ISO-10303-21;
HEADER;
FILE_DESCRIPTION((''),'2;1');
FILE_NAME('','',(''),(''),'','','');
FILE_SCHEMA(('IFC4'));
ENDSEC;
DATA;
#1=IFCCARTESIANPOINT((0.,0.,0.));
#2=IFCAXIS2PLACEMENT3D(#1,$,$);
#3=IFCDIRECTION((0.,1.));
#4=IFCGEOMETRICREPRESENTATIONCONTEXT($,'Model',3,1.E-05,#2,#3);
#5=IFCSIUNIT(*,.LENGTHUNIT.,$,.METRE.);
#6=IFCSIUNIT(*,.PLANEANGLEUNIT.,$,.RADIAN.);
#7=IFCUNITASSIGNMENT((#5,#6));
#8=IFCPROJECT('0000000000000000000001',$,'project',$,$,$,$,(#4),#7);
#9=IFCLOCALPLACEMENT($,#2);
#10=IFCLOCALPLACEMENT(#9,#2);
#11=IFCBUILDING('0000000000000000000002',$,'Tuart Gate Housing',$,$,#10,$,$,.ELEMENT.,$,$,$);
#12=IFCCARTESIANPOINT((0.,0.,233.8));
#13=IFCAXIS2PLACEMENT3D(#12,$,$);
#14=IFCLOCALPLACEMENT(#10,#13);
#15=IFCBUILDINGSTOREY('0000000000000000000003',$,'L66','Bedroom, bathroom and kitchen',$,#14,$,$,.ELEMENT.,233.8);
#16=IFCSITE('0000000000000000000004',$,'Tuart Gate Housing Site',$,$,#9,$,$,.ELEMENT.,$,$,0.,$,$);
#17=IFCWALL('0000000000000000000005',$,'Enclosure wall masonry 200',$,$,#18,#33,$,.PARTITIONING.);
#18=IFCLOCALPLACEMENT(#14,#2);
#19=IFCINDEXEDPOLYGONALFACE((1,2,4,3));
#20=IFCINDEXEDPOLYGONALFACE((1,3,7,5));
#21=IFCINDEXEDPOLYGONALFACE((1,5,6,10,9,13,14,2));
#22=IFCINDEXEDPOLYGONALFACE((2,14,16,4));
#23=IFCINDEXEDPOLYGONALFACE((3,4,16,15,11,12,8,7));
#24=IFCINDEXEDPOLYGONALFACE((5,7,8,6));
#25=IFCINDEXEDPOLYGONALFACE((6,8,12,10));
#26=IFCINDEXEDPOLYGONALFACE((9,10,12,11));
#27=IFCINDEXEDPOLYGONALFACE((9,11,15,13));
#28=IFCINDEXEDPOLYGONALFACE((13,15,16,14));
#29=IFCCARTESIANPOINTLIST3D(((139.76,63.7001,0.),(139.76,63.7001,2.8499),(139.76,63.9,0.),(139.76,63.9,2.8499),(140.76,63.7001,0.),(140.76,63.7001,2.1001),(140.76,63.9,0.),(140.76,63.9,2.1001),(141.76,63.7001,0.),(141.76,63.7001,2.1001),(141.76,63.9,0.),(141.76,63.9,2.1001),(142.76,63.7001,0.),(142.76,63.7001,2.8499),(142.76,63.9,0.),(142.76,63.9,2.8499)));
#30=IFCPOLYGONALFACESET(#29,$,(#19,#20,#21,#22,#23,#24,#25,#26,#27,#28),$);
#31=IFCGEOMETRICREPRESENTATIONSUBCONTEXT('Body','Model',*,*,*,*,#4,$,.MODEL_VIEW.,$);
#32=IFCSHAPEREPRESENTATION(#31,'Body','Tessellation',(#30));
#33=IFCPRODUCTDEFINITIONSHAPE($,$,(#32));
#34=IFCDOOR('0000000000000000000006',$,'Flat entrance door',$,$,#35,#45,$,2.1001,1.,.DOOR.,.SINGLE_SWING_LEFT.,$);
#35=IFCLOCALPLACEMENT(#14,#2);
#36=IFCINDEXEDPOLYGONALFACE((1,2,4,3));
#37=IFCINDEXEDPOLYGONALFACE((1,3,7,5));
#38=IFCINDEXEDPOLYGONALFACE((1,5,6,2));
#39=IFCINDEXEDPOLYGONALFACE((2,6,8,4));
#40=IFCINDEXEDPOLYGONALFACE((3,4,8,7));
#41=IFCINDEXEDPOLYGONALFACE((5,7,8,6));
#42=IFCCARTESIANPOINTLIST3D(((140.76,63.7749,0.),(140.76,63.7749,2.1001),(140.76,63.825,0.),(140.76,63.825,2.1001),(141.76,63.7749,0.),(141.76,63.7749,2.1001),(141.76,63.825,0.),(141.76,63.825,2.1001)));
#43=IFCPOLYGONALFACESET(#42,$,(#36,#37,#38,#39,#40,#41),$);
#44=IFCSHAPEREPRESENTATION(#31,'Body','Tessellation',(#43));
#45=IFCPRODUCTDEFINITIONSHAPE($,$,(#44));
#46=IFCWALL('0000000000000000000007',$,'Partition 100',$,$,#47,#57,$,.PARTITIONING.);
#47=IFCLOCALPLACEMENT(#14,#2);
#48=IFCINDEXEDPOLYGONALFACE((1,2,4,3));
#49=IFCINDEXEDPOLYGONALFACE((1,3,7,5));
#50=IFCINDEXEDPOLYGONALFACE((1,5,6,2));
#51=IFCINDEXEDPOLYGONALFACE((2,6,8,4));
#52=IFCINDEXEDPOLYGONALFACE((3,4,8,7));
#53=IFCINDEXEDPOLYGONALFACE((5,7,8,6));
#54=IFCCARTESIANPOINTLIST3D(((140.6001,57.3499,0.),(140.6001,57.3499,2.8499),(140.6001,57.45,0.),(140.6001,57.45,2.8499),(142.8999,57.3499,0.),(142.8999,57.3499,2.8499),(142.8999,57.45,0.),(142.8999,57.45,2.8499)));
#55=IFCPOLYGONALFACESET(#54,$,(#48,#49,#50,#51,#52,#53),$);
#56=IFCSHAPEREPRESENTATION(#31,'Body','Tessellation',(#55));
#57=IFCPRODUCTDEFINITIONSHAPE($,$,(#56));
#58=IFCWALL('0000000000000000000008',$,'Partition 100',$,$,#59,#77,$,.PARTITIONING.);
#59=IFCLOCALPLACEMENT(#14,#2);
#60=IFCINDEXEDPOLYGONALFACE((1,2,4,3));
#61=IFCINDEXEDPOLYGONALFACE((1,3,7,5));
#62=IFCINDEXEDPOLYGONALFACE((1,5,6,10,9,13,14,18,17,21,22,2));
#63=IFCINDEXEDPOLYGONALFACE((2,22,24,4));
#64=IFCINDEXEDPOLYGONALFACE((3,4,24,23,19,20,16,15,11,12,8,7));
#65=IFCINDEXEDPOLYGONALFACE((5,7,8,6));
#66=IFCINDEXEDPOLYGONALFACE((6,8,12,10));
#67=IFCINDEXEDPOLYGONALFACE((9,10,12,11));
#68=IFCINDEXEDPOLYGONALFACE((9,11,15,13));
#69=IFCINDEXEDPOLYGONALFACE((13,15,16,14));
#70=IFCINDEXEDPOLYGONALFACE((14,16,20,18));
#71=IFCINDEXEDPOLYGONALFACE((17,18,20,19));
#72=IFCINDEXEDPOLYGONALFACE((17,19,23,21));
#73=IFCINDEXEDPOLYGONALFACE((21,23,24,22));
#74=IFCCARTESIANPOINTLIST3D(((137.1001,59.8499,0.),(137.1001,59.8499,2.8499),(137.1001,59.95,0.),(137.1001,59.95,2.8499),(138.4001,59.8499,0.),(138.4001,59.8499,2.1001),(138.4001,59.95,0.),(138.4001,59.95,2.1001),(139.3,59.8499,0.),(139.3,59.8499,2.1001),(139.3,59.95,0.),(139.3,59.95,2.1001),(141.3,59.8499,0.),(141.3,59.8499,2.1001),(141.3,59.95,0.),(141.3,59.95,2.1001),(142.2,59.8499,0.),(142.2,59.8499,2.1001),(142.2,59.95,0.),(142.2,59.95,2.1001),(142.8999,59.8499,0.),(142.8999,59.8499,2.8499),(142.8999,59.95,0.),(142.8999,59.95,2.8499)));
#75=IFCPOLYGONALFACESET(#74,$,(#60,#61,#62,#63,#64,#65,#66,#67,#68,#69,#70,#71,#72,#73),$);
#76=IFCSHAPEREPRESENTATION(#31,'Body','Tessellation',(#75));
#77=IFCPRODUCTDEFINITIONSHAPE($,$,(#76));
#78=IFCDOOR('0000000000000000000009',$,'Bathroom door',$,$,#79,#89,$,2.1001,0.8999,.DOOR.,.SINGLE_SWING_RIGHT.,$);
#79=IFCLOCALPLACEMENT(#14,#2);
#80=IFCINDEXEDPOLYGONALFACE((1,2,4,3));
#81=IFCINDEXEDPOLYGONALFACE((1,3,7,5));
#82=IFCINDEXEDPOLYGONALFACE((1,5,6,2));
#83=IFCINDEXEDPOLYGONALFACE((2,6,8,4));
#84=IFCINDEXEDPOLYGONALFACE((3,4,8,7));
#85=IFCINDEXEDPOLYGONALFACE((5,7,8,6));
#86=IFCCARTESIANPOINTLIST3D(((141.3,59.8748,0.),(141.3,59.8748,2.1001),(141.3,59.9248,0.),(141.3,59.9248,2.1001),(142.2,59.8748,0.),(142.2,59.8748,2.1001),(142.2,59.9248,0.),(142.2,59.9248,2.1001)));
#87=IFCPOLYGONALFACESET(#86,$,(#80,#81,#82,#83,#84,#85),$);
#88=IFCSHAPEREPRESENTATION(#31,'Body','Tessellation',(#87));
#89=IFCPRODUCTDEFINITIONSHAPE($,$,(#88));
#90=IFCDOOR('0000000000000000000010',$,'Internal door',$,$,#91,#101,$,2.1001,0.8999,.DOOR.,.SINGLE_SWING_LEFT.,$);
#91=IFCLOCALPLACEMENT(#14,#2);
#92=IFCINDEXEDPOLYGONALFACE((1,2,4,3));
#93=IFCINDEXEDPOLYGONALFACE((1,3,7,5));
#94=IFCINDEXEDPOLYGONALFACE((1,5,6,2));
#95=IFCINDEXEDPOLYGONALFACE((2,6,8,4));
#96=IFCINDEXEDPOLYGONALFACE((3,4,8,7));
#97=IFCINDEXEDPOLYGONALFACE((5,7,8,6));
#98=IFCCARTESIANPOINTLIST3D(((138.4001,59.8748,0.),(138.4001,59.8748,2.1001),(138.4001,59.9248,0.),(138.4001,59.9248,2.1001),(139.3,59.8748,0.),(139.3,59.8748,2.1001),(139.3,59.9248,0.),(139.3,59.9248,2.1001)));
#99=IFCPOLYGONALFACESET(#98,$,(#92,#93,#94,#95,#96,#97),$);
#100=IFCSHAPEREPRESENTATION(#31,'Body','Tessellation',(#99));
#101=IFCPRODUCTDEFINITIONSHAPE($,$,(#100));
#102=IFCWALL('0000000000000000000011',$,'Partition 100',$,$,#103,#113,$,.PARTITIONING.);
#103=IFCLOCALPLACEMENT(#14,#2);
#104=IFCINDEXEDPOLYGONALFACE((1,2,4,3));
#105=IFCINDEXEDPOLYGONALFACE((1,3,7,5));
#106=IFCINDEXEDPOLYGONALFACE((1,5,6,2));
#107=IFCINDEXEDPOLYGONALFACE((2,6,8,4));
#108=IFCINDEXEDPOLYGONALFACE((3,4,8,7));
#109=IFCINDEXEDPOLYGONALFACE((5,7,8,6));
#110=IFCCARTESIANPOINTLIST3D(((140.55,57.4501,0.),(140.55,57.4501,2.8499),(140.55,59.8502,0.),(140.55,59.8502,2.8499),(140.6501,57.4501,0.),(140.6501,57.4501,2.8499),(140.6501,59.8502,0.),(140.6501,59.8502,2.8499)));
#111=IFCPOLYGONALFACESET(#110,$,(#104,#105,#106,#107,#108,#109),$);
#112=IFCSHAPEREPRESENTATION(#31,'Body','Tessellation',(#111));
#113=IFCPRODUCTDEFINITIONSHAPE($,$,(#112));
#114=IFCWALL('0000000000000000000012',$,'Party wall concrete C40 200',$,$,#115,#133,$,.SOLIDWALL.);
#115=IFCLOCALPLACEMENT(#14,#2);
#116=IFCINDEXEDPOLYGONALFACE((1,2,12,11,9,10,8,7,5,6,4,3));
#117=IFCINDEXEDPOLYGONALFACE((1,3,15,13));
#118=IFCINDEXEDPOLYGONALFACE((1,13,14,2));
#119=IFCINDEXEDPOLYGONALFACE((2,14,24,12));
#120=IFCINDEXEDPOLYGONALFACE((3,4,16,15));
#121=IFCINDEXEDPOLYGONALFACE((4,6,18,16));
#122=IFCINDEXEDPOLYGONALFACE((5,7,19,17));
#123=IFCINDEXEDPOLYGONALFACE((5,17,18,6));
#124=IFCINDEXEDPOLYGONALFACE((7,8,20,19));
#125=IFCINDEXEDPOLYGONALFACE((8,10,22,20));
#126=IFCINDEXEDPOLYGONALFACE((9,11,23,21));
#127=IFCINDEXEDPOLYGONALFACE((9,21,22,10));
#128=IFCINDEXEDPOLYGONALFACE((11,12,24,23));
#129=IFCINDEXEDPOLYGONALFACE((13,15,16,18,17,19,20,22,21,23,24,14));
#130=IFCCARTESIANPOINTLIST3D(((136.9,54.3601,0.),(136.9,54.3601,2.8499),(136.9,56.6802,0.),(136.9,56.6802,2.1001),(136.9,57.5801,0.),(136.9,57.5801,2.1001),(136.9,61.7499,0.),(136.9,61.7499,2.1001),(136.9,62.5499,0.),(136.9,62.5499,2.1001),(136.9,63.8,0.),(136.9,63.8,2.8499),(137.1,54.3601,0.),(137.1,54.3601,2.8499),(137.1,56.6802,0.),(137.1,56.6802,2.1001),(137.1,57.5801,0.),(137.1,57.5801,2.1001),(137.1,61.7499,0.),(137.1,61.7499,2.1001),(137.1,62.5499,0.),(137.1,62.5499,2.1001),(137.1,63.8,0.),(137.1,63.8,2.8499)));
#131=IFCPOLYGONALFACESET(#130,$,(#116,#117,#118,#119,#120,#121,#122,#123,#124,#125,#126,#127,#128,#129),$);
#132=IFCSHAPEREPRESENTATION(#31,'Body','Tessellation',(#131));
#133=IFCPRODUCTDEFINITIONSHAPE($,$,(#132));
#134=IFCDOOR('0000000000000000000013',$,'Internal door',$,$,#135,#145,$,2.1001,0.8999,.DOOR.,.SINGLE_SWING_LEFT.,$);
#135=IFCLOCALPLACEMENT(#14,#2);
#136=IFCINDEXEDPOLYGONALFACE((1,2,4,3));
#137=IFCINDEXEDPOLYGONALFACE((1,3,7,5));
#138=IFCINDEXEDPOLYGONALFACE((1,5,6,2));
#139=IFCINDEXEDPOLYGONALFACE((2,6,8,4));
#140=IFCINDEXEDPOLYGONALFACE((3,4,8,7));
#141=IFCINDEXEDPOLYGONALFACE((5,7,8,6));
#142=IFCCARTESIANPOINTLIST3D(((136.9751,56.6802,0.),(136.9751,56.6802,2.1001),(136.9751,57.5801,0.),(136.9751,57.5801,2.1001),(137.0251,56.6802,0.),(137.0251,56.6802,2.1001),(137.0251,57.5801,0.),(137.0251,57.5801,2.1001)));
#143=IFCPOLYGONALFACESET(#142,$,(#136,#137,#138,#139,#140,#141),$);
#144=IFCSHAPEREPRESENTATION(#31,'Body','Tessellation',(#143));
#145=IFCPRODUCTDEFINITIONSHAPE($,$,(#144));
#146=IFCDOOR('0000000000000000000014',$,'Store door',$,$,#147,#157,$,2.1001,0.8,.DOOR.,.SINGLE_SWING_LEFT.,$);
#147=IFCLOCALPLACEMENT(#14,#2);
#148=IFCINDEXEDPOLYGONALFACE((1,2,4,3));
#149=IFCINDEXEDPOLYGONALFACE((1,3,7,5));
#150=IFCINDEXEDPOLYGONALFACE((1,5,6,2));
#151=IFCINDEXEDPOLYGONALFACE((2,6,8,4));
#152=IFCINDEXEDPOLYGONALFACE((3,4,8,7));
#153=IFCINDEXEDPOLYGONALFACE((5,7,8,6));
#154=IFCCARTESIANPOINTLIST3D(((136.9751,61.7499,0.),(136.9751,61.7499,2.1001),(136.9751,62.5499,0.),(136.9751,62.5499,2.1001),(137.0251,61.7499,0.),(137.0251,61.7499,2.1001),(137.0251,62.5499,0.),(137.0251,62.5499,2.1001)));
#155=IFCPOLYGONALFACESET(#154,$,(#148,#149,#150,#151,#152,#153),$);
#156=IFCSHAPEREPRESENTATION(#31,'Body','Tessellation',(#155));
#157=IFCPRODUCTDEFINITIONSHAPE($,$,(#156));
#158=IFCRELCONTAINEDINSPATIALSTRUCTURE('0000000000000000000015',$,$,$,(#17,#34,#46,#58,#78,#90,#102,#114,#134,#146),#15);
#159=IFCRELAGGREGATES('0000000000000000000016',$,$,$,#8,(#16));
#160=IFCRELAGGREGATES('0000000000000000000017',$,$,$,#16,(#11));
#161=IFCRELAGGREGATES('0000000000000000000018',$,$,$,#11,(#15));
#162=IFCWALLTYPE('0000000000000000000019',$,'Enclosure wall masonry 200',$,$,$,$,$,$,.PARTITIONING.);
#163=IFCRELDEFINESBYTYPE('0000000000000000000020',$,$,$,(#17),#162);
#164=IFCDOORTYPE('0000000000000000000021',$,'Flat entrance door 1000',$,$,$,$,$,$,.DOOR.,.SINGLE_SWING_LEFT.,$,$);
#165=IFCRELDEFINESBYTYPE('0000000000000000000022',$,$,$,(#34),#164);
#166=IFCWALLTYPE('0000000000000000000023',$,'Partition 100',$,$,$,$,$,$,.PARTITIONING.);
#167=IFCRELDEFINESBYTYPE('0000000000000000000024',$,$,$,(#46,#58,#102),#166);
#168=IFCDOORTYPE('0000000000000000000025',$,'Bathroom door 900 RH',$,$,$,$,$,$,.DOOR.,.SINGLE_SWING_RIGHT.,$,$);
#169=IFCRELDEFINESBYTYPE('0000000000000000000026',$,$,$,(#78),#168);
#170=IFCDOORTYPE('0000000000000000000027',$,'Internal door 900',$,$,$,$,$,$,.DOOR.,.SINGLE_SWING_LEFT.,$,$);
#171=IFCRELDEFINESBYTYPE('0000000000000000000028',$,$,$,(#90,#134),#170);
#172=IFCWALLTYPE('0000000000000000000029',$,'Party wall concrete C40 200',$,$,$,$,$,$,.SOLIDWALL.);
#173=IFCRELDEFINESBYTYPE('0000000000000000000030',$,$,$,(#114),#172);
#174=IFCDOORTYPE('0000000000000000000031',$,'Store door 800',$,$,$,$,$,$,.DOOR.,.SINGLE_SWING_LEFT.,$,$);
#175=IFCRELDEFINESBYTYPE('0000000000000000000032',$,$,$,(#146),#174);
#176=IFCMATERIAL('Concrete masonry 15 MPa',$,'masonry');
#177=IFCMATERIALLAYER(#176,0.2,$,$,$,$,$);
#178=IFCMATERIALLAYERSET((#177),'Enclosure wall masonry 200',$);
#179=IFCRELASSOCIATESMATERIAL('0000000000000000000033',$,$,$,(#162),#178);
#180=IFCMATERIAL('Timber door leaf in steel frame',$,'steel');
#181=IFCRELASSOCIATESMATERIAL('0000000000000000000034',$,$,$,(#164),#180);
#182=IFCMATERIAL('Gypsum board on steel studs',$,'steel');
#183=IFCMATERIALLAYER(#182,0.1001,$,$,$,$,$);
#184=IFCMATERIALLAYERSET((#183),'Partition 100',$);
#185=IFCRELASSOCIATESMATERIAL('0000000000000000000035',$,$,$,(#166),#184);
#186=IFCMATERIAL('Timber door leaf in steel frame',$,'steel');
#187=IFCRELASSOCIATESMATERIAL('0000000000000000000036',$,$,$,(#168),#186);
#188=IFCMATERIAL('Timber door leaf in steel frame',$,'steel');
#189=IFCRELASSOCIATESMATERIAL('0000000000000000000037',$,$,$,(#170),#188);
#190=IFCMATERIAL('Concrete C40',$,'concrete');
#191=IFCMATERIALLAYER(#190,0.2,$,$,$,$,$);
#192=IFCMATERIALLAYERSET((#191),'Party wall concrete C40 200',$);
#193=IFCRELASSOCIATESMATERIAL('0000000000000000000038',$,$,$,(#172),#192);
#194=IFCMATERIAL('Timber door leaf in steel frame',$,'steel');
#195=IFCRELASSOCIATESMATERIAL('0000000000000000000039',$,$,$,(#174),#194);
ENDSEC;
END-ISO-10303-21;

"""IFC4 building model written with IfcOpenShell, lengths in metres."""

from ifc_helpers import new_model, si_unit, direction, frame, frame_2d, origin, place, context, subcontext, project, spatial, rectangle, extrude, material, layer, layer_set, type_object, element, fill, save


model = new_model("IFC4")

# Units and contexts
model_context = context("Model", 3, precision=1e-05, world=origin(), true_north=direction((0.0, 1.0)))
body_context = subcontext(model_context, "Body", "Model", "MODEL_VIEW")
ifc_project = project(units=[si_unit("LENGTHUNIT", "METRE"), si_unit("PLANEANGLEUNIT", "RADIAN")], contexts=[model_context])

# Site, building, storey
site_placement = place(None, origin())
site = spatial("IfcSite", under=ifc_project, at=site_placement, Name="Tuart Gate Housing Site", CompositionType="ELEMENT", RefElevation=0.0)
building_placement = place(site_placement, origin())
building = spatial("IfcBuilding", under=site, at=building_placement, Name="Tuart Gate Housing", CompositionType="ELEMENT")
storey_placement = place(building_placement, frame((0.0, 0.0, 233.8)))
storey = spatial("IfcBuildingStorey", under=building, at=storey_placement, Name="L66", Description="Bedroom, bathroom and kitchen", CompositionType="ELEMENT", Elevation=233.8)

# Wall, opening, door
ifc_material_1 = material(Name="Concrete masonry 15 MPa", Category="masonry")
ifc_layer_1 = layer(ifc_material_1, 0.2)
ifc_layer_set_1 = layer_set([ifc_layer_1], Name="Enclosure wall masonry 200")
wall_type_1 = type_object("IfcWallType", Name="Enclosure wall masonry 200", PredefinedType="PARTITIONING", material=ifc_layer_set_1)
wall_1_placement = place(storey_placement, frame((139.76, 63.8, 0.0), z_axis=(0.0, 0.0, 1.0), x_axis=(1.0, 0.0, 0.0)))
wall_1 = element("IfcWall", 1, at=wall_1_placement, inside=storey, type_object=wall_type_1, Name="Enclosure wall masonry 200", PredefinedType="PARTITIONING", context=body_context, shape_type="SweptSolid", body=[
    extrude(rectangle(XDim=3.0, YDim=0.2, at=frame_2d((1.5, 0.0))), origin(), (0.0, 0.0, 1.0), 2.8499),
])
opening_1_placement = place(wall_1_placement, frame((1.0, 0.0, 0.0)))
opening_1 = element("IfcOpeningElement", 2, at=opening_1_placement, cuts=wall_1, PredefinedType="OPENING", context=body_context, shape_type="SweptSolid", body=[
    extrude(rectangle(XDim=1.0, YDim=2.1001, at=frame_2d((0.5, 1.05))), frame((0.0, 0.1099, 0.0), z_axis=(0.0, -1.0, 0.0), x_axis=(1.0, 0.0, 0.0)), (0.0, 0.0, 1.0), 0.22),
])
ifc_material_2 = material(Name="Timber door leaf in steel frame", Category="steel")
door_type_1 = type_object("IfcDoorType", Name="Flat entrance door 1000", OperationType="SINGLE_SWING_LEFT", PredefinedType="DOOR", material=ifc_material_2)
door_1_placement = place(opening_1_placement, frame((1.0, 0.0, 0.0), z_axis=(0.0, 0.0, 1.0), x_axis=(-1.0, 0.0, 0.0)))
door_1 = element("IfcDoor", 3, at=door_1_placement, inside=storey, type_object=door_type_1, Name="Flat entrance door", OperationType="SINGLE_SWING_LEFT", OverallHeight=2.1001, OverallWidth=1.0, PredefinedType="DOOR", context=body_context, shape_type="SweptSolid", body=[
    extrude(rectangle(XDim=1.0, YDim=2.1001, at=frame_2d((0.5, 1.05))), frame((0.0, 0.0251, 0.0), z_axis=(0.0, -1.0, 0.0), x_axis=(1.0, 0.0, 0.0)), (0.0, 0.0, 1.0), 0.05),
])
fill(opening_1, door_1)

# Wall
ifc_material_3 = material(Name="Gypsum board on steel studs", Category="steel")
ifc_layer_2 = layer(ifc_material_3, 0.1001)
ifc_layer_set_2 = layer_set([ifc_layer_2], Name="Partition 100")
wall_type_2 = type_object("IfcWallType", Name="Partition 100", PredefinedType="PARTITIONING", material=ifc_layer_set_2)
wall_2_placement = place(storey_placement, frame((140.6001, 57.3999, 0.0), z_axis=(0.0, 0.0, 1.0), x_axis=(1.0, 0.0, 0.0)))
element("IfcWall", 4, at=wall_2_placement, inside=storey, type_object=wall_type_2, Name="Partition 100", PredefinedType="PARTITIONING", context=body_context, shape_type="SweptSolid", body=[
    extrude(rectangle(XDim=2.2998, YDim=0.1001, at=frame_2d((1.1499, 0.0))), origin(), (0.0, 0.0, 1.0), 2.8499),
])

# Wall, openings, doors
wall_3_placement = place(storey_placement, frame((137.1001, 59.8999, 0.0), z_axis=(0.0, 0.0, 1.0), x_axis=(1.0, 0.0, 0.0)))
wall_3 = element("IfcWall", 5, at=wall_3_placement, inside=storey, type_object=wall_type_2, Name="Partition 100", PredefinedType="PARTITIONING", context=body_context, shape_type="SweptSolid", body=[
    extrude(rectangle(XDim=5.7998, YDim=0.1001, at=frame_2d((2.8999, 0.0))), origin(), (0.0, 0.0, 1.0), 2.8499),
])
opening_2_placement = place(wall_3_placement, frame((1.3, 0.0, 0.0)))
opening_2 = element("IfcOpeningElement", 6, at=opening_2_placement, cuts=wall_3, PredefinedType="OPENING", context=body_context, shape_type="SweptSolid", body=[
    extrude(rectangle(XDim=0.8999, YDim=2.1001, at=frame_2d((0.45, 1.05))), frame((0.0, 0.0601, 0.0), z_axis=(0.0, -1.0, 0.0), x_axis=(1.0, 0.0, 0.0)), (0.0, 0.0, 1.0), 0.1201),
])
opening_3_placement = place(wall_3_placement, frame((4.2, 0.0, 0.0)))
opening_3 = element("IfcOpeningElement", 7, at=opening_3_placement, cuts=wall_3, PredefinedType="OPENING", context=body_context, shape_type="SweptSolid", body=[
    extrude(rectangle(XDim=0.8999, YDim=2.1001, at=frame_2d((0.45, 1.05))), frame((0.0, 0.0601, 0.0), z_axis=(0.0, -1.0, 0.0), x_axis=(1.0, 0.0, 0.0)), (0.0, 0.0, 1.0), 0.1201),
])
ifc_material_4 = material(Name="Timber door leaf in steel frame", Category="steel")
door_type_2 = type_object("IfcDoorType", Name="Bathroom door 900 RH", OperationType="SINGLE_SWING_RIGHT", PredefinedType="DOOR", material=ifc_material_4)
door_2_placement = place(opening_3_placement, frame((0.8999, 0.0, 0.0), z_axis=(0.0, 0.0, 1.0), x_axis=(-1.0, 0.0, 0.0)))
door_2 = element("IfcDoor", 8, at=door_2_placement, inside=storey, type_object=door_type_2, Name="Bathroom door", OperationType="SINGLE_SWING_RIGHT", OverallHeight=2.1001, OverallWidth=0.8999, PredefinedType="DOOR", context=body_context, shape_type="SweptSolid", body=[
    extrude(rectangle(XDim=0.8999, YDim=2.1001, at=frame_2d((0.45, 1.05))), frame((0.0, 0.0251, 0.0), z_axis=(0.0, -1.0, 0.0), x_axis=(1.0, 0.0, 0.0)), (0.0, 0.0, 1.0), 0.05),
])
fill(opening_3, door_2)
ifc_material_5 = material(Name="Timber door leaf in steel frame", Category="steel")
door_type_3 = type_object("IfcDoorType", Name="Internal door 900", OperationType="SINGLE_SWING_LEFT", PredefinedType="DOOR", material=ifc_material_5)
door_3_placement = place(opening_2_placement, origin())
door_3 = element("IfcDoor", 9, at=door_3_placement, inside=storey, type_object=door_type_3, Name="Internal door", OperationType="SINGLE_SWING_LEFT", OverallHeight=2.1001, OverallWidth=0.8999, PredefinedType="DOOR", context=body_context, shape_type="SweptSolid", body=[
    extrude(rectangle(XDim=0.8999, YDim=2.1001, at=frame_2d((0.45, 1.05))), frame((0.0, 0.0249, 0.0), z_axis=(0.0, -1.0, 0.0), x_axis=(1.0, 0.0, 0.0)), (0.0, 0.0, 1.0), 0.05),
])
fill(opening_2, door_3)

# Wall
wall_4_placement = place(storey_placement, frame((140.6001, 57.45, 0.0), z_axis=(0.0, 0.0, 1.0), x_axis=(0.0, 1.0, 0.0)))
element("IfcWall", 10, at=wall_4_placement, inside=storey, type_object=wall_type_2, Name="Partition 100", PredefinedType="PARTITIONING", context=body_context, shape_type="SweptSolid", body=[
    extrude(rectangle(XDim=2.4001, YDim=0.1001, at=frame_2d((1.2002, 0.0))), origin(), (0.0, 0.0, 1.0), 2.8499),
])

# Wall, openings, doors
ifc_material_6 = material(Name="Concrete C40", Category="concrete")
ifc_layer_3 = layer(ifc_material_6, 0.2)
ifc_layer_set_3 = layer_set([ifc_layer_3], Name="Party wall concrete C40 200")
wall_type_3 = type_object("IfcWallType", Name="Party wall concrete C40 200", PredefinedType="SOLIDWALL", material=ifc_layer_set_3)
wall_5_placement = place(storey_placement, frame((137.0, 54.3601, 0.0), z_axis=(0.0, 0.0, 1.0), x_axis=(0.0, 1.0, 0.0)))
wall_5 = element("IfcWall", 11, at=wall_5_placement, inside=storey, type_object=wall_type_3, Name="Party wall concrete C40 200", PredefinedType="SOLIDWALL", context=body_context, shape_type="SweptSolid", body=[
    extrude(rectangle(XDim=9.4399, YDim=0.2, at=frame_2d((4.72, 0.0))), origin(), (0.0, 0.0, 1.0), 2.8499),
])
opening_4_placement = place(wall_5_placement, frame((2.3201, 0.0, 0.0)))
opening_4 = element("IfcOpeningElement", 12, at=opening_4_placement, cuts=wall_5, PredefinedType="OPENING", context=body_context, shape_type="SweptSolid", body=[
    extrude(rectangle(XDim=0.8999, YDim=2.1001, at=frame_2d((0.45, 1.05))), frame((0.0, 0.1099, 0.0), z_axis=(0.0, -1.0, 0.0), x_axis=(1.0, 0.0, 0.0)), (0.0, 0.0, 1.0), 0.22),
])
opening_5_placement = place(wall_5_placement, frame((7.3899, 0.0, 0.0)))
opening_5 = element("IfcOpeningElement", 13, at=opening_5_placement, cuts=wall_5, PredefinedType="OPENING", context=body_context, shape_type="SweptSolid", body=[
    extrude(rectangle(XDim=0.8, YDim=2.1001, at=frame_2d((0.3999, 1.05))), frame((0.0, 0.1099, 0.0), z_axis=(0.0, -1.0, 0.0), x_axis=(1.0, 0.0, 0.0)), (0.0, 0.0, 1.0), 0.22),
])
door_4_placement = place(opening_4_placement, origin())
door_4 = element("IfcDoor", 14, at=door_4_placement, inside=storey, type_object=door_type_3, Name="Internal door", OperationType="SINGLE_SWING_LEFT", OverallHeight=2.1001, OverallWidth=0.8999, PredefinedType="DOOR", context=body_context, shape_type="SweptSolid", body=[
    extrude(rectangle(XDim=0.8999, YDim=2.1001, at=frame_2d((0.45, 1.05))), frame((0.0, 0.0249, 0.0), z_axis=(0.0, -1.0, 0.0), x_axis=(1.0, 0.0, 0.0)), (0.0, 0.0, 1.0), 0.05),
])
fill(opening_4, door_4)
ifc_material_7 = material(Name="Timber door leaf in steel frame", Category="steel")
door_type_4 = type_object("IfcDoorType", Name="Store door 800", OperationType="SINGLE_SWING_LEFT", PredefinedType="DOOR", material=ifc_material_7)
door_5_placement = place(opening_5_placement, origin())
door_5 = element("IfcDoor", 15, at=door_5_placement, inside=storey, type_object=door_type_4, Name="Store door", OperationType="SINGLE_SWING_LEFT", OverallHeight=2.1001, OverallWidth=0.8, PredefinedType="DOOR", context=body_context, shape_type="SweptSolid", body=[
    extrude(rectangle(XDim=0.8, YDim=2.1001, at=frame_2d((0.3999, 1.05))), frame((0.0, 0.0249, 0.0), z_axis=(0.0, -1.0, 0.0), x_axis=(1.0, 0.0, 0.0)), (0.0, 0.0, 1.0), 0.05),
])
fill(opening_5, door_5)

save(model, "model.ifc")
